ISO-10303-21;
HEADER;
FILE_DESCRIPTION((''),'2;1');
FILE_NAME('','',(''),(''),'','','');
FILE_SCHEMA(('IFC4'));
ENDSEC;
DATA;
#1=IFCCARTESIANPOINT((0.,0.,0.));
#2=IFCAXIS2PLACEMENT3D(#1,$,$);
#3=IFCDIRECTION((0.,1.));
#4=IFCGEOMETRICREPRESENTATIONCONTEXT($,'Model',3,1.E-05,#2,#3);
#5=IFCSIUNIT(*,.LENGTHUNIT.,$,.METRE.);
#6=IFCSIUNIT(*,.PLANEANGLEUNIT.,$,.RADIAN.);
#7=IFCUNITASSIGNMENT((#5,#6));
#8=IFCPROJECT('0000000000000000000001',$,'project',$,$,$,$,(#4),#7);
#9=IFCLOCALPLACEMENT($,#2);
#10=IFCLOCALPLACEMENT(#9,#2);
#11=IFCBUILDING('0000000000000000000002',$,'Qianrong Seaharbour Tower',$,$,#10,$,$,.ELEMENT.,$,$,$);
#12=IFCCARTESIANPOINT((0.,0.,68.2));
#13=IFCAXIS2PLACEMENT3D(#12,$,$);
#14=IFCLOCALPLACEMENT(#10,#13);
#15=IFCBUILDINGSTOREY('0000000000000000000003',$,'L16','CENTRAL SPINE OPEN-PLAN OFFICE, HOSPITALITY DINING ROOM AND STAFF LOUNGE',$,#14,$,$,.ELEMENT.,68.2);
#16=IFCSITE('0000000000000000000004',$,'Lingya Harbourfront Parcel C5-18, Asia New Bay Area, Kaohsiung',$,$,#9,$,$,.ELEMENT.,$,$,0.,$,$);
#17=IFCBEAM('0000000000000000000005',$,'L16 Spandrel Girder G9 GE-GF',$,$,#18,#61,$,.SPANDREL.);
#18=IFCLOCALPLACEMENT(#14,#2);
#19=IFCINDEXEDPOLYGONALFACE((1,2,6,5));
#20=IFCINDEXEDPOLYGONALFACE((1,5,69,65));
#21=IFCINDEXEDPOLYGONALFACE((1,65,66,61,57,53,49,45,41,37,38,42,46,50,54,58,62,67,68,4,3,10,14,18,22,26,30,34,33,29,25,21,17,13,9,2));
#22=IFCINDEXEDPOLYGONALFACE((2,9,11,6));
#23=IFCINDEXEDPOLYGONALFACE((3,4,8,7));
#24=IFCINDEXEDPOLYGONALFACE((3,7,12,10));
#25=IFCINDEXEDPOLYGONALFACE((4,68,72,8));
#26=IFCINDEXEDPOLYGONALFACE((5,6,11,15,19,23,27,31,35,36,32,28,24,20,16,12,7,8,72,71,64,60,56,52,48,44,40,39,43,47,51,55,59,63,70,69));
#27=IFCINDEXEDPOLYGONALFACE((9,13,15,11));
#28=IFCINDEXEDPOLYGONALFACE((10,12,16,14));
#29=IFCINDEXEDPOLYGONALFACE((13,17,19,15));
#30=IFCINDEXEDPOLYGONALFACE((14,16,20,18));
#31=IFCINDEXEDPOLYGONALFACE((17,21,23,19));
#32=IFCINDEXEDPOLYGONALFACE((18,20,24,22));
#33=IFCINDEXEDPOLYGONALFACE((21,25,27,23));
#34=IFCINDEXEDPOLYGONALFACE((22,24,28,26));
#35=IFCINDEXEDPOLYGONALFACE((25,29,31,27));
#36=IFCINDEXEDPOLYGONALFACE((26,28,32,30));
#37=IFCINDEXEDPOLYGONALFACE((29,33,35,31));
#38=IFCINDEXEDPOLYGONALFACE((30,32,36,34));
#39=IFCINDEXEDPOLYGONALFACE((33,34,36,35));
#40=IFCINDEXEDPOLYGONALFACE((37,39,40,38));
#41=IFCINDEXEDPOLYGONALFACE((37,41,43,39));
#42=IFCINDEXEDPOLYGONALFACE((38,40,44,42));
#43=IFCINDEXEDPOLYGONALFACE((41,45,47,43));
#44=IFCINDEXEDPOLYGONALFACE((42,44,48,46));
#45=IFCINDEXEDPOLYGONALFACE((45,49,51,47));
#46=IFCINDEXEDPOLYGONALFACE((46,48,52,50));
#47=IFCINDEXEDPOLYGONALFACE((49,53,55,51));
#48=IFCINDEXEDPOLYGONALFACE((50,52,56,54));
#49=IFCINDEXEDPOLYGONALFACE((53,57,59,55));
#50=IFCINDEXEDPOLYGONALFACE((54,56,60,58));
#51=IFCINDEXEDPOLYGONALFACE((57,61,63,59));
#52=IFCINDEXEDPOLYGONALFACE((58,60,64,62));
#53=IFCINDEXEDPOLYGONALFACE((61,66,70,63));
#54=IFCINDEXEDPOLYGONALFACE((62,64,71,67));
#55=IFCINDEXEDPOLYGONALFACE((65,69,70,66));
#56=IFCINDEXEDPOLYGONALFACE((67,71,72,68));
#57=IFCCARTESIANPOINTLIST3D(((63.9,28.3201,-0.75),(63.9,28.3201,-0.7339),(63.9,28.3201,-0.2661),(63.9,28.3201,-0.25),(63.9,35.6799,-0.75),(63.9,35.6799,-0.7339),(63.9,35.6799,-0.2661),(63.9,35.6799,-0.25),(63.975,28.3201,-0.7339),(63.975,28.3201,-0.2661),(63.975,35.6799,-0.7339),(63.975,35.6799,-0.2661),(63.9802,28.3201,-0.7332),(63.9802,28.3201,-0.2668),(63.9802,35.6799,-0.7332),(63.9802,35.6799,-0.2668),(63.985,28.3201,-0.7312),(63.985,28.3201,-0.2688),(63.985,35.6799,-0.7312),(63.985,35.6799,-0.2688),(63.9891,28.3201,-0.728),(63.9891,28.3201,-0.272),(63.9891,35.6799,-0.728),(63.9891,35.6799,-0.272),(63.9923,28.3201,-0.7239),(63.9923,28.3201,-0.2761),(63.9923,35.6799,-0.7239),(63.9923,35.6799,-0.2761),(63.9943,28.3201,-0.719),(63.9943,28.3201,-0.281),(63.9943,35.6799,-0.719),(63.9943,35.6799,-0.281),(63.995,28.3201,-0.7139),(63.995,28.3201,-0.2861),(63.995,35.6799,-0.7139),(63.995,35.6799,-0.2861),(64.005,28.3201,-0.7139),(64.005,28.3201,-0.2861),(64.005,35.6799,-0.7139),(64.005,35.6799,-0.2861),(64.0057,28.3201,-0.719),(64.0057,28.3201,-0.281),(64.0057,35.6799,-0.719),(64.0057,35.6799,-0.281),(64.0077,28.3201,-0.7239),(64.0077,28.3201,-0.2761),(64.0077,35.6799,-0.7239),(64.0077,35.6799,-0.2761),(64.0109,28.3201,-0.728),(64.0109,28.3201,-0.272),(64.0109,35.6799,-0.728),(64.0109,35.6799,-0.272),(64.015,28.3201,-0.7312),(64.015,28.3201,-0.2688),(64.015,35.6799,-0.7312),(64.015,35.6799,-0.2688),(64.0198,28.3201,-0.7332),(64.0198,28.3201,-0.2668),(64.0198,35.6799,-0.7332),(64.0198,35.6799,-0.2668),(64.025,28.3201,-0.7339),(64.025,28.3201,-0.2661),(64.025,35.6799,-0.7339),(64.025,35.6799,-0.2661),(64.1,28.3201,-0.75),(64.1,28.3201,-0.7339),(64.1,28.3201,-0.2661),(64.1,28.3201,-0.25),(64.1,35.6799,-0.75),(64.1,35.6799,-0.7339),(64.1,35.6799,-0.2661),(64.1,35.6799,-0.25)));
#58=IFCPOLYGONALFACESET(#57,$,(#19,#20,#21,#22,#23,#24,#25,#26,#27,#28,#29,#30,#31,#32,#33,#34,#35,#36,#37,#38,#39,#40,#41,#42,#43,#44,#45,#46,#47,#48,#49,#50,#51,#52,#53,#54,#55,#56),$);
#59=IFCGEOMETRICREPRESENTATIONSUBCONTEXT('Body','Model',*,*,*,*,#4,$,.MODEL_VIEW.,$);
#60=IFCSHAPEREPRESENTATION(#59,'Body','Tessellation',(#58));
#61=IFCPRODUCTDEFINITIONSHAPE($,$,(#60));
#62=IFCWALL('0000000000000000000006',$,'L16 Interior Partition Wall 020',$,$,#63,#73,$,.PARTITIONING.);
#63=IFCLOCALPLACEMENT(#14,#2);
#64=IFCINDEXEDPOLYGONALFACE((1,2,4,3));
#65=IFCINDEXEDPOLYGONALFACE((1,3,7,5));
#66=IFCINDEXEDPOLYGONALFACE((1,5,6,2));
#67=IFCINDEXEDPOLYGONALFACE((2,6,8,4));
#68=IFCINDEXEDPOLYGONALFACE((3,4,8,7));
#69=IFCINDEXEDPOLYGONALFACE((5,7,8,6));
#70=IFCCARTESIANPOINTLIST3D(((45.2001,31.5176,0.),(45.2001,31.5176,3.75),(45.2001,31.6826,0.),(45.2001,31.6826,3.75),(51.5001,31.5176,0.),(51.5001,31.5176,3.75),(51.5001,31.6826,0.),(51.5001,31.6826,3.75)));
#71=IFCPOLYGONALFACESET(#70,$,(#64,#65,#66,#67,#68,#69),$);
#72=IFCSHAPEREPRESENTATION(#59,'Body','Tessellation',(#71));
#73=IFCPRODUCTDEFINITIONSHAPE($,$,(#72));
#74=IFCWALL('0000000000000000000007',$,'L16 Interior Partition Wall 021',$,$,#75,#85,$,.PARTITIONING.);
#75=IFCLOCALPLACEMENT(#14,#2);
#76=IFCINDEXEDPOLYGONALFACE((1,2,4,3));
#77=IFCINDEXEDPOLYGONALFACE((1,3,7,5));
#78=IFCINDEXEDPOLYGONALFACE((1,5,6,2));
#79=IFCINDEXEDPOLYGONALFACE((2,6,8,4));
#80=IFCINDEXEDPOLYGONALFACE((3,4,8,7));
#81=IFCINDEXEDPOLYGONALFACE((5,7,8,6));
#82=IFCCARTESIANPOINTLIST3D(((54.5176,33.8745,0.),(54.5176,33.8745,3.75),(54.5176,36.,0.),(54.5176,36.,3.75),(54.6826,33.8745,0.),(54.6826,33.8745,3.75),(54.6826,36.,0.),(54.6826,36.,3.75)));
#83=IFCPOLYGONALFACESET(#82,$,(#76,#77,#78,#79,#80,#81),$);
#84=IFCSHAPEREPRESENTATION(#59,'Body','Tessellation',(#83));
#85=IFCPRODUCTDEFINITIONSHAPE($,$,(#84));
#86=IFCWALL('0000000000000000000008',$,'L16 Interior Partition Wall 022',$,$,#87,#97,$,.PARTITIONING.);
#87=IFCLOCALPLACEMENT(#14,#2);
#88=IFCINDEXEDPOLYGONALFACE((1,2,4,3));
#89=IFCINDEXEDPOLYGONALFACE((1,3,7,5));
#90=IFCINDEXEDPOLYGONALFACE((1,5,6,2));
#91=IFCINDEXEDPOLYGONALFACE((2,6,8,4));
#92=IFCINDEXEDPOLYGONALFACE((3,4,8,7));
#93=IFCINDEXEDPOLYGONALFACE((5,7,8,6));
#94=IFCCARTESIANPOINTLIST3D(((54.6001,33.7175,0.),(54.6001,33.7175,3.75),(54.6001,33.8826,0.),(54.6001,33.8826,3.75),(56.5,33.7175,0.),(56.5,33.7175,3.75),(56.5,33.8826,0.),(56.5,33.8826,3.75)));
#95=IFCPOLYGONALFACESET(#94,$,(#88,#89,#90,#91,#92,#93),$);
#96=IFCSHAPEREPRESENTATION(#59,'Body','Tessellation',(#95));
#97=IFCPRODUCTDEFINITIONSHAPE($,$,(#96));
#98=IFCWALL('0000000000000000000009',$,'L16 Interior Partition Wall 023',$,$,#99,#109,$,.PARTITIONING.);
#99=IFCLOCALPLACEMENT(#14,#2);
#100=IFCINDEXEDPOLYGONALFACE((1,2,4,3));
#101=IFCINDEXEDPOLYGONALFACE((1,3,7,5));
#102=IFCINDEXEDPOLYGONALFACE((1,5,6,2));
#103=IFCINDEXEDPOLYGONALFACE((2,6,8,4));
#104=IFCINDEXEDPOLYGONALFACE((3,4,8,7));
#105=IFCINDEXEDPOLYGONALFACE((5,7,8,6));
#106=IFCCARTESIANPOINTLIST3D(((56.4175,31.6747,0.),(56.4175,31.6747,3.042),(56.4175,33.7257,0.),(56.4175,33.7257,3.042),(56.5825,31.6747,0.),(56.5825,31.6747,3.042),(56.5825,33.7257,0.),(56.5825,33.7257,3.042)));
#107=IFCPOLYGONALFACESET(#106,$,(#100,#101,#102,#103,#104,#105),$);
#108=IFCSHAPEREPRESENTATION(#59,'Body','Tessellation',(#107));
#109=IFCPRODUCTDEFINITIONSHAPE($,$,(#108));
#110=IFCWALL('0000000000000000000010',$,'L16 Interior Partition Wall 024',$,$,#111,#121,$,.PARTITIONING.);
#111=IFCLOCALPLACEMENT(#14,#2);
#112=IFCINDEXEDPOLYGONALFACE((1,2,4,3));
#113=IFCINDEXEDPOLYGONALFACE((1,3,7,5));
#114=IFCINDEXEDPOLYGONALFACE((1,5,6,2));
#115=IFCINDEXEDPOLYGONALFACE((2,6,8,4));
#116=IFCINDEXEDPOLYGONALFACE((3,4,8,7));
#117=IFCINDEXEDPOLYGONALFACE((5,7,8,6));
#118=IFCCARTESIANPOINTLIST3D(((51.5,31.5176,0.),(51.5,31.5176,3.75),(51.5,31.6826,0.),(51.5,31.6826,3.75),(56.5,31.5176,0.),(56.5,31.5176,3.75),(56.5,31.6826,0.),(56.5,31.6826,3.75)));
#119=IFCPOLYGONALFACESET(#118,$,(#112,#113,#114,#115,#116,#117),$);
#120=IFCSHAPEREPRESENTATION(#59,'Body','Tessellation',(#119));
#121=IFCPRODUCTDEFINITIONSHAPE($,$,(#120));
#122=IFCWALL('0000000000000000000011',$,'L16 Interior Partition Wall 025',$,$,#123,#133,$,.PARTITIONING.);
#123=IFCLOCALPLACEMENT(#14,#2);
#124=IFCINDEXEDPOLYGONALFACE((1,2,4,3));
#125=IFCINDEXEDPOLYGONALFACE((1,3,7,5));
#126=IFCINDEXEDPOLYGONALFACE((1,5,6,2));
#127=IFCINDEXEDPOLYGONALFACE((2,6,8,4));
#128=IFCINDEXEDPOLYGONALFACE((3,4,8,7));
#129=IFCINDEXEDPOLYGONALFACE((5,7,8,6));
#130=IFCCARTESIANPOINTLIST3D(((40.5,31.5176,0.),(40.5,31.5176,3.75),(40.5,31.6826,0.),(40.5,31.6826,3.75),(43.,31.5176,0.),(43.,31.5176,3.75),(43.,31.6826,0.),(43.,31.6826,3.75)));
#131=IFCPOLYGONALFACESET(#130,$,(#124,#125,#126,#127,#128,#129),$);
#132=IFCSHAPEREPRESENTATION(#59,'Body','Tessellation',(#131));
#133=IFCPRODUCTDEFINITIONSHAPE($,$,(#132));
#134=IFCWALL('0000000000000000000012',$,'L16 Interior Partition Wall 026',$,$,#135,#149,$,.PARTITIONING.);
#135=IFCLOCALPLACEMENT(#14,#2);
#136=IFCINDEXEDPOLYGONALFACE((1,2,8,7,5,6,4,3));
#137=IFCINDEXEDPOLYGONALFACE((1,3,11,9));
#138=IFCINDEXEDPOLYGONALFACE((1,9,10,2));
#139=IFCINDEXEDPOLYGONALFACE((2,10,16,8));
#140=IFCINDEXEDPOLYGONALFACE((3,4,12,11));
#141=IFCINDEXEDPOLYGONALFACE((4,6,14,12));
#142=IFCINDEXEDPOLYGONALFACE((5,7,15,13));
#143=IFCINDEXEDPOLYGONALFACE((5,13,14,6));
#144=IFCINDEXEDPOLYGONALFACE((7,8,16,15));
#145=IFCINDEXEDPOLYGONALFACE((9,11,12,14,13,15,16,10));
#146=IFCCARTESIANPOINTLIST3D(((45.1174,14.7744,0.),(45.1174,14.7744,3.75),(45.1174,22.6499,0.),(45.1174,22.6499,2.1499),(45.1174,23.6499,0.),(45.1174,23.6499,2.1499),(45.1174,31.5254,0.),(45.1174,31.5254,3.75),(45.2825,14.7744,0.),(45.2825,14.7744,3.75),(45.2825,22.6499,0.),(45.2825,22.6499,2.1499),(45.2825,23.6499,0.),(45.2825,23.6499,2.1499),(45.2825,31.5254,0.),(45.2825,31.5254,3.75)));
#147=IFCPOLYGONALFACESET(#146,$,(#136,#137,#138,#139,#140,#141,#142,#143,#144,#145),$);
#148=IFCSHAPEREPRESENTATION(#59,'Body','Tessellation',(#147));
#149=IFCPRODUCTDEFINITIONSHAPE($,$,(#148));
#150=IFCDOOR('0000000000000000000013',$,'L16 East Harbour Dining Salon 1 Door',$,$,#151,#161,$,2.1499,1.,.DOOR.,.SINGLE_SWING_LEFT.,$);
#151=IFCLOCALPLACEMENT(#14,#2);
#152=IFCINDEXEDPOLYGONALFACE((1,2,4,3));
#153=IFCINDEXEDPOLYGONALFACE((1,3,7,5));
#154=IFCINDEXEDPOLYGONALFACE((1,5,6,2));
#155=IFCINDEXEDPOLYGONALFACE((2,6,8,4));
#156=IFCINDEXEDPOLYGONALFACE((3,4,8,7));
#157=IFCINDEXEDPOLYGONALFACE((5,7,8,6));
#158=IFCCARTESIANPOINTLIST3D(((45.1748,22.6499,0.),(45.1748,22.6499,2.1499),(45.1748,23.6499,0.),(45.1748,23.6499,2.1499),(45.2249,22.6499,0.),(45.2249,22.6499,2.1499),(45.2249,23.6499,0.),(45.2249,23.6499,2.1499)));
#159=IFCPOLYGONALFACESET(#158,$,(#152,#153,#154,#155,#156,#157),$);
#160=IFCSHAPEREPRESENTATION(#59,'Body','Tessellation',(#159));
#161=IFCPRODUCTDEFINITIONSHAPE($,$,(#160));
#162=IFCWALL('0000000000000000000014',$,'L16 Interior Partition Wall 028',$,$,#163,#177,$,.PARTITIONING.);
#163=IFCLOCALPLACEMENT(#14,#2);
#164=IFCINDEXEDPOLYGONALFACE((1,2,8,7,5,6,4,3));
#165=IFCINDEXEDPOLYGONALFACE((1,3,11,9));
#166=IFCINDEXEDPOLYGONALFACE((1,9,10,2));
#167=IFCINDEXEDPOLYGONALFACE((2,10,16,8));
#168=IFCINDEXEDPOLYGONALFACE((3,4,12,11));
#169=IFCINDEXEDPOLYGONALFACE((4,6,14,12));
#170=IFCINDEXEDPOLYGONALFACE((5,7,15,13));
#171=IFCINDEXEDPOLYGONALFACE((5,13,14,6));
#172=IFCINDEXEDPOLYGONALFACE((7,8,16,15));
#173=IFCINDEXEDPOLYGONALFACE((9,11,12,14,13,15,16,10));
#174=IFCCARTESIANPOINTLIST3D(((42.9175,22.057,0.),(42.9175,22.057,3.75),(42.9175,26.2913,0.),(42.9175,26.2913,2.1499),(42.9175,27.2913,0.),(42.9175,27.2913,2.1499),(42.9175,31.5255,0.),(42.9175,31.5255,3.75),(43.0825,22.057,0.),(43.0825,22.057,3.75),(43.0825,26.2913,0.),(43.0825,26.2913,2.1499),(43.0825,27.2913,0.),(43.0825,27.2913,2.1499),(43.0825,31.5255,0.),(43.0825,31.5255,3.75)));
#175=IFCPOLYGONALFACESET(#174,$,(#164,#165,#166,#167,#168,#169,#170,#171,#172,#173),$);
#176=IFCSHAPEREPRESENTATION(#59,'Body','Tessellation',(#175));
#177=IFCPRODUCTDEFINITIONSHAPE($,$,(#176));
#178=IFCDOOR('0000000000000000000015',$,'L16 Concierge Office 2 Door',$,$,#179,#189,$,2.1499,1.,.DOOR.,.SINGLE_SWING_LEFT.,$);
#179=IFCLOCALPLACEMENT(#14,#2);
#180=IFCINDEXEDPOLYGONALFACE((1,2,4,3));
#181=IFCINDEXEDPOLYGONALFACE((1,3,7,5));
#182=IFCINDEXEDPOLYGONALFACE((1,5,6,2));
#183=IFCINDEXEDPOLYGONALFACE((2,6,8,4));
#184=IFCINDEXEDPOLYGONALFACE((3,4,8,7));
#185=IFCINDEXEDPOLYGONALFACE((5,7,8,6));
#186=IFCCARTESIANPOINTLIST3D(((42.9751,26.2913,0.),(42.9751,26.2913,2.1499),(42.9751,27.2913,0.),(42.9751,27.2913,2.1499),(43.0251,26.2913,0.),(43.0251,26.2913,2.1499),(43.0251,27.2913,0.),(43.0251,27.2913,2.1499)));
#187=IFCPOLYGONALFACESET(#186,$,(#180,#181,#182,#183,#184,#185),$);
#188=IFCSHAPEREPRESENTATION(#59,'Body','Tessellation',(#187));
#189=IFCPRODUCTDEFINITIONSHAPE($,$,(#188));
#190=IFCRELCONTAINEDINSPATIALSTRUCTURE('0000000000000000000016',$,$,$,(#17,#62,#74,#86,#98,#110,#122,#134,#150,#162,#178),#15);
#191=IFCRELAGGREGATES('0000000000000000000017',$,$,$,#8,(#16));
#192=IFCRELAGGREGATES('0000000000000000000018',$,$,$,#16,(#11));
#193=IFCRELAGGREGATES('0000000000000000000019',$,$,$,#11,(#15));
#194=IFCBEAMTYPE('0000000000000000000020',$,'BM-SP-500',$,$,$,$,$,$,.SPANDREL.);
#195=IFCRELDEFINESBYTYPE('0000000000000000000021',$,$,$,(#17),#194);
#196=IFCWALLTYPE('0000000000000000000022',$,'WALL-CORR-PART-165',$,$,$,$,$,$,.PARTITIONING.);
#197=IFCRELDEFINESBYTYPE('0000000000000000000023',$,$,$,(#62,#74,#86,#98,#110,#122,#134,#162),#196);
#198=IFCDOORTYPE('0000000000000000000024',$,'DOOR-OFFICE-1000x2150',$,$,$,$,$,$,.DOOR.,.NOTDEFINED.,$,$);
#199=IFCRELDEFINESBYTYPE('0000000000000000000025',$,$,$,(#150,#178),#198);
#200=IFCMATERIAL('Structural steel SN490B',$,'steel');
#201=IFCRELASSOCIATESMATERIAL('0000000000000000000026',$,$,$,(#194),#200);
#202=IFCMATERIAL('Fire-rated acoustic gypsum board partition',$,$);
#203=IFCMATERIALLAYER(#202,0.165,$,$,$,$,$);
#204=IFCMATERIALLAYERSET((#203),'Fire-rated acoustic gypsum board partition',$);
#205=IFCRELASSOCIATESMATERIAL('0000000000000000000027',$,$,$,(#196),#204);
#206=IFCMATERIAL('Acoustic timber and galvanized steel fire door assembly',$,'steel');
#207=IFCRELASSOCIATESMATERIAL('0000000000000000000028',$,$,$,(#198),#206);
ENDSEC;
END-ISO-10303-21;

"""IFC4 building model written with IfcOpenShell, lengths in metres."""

from ifc_helpers import new_model, si_unit, direction, frame, frame_2d, origin, origin_2d, place, context, subcontext, project, spatial, rectangle, i_section, extrude, material, layer, layer_set, material_profile, profile_set, type_object, element, fill, save


model = new_model("IFC4")

# Units and contexts
model_context = context("Model", 3, precision=1e-05, world=origin(), true_north=direction((0.0, 1.0)))
body_context = subcontext(model_context, "Body", "Model", "MODEL_VIEW")
ifc_project = project(units=[si_unit("LENGTHUNIT", "METRE"), si_unit("PLANEANGLEUNIT", "RADIAN")], contexts=[model_context])

# Site, building, storey
site_placement = place(None, origin())
site = spatial("IfcSite", under=ifc_project, at=site_placement, Name="Lingya Harbourfront Parcel C5-18, Asia New Bay Area, Kaohsiung", CompositionType="ELEMENT", RefElevation=0.0)
building_placement = place(site_placement, origin())
building = spatial("IfcBuilding", under=site, at=building_placement, Name="Qianrong Seaharbour Tower", CompositionType="ELEMENT")
storey_placement = place(building_placement, frame((0.0, 0.0, 68.2)))
storey = spatial("IfcBuildingStorey", under=building, at=storey_placement, Name="L16", Description="CENTRAL SPINE OPEN-PLAN OFFICE, HOSPITALITY DINING ROOM AND STAFF LOUNGE", CompositionType="ELEMENT", Elevation=68.2)

# Shared definitions
ifc_material_1 = material(Name="Structural steel SN490B", Category="steel")

# Beam
ifc_material_profile_1 = material_profile(ifc_material_1, i_section(OverallWidth=0.2, OverallDepth=0.5, WebThickness=0.01, FlangeThickness=0.0161, FilletRadius=0.02, at=origin_2d()), Name="H500x200x10x16")
ifc_profile_set_1 = profile_set([ifc_material_profile_1], Name="Structural steel SN490B")
beam_type_1 = type_object("IfcBeamType", Name="BM-SP-500", PredefinedType="SPANDREL", material=ifc_profile_set_1)
beam_1_placement = place(storey_placement, frame((64.0, 28.3201, -0.5), z_axis=(0.0, 1.0, 0.0), x_axis=(-1.0, 0.0, 0.0)))
element("IfcBeam", 1, at=beam_1_placement, inside=storey, type_object=beam_type_1, Name="L16 Spandrel Girder G9 GE-GF", PredefinedType="SPANDREL", context=body_context, shape_type="SweptSolid", body=[
    extrude(i_section(OverallWidth=0.2, OverallDepth=0.5, WebThickness=0.01, FlangeThickness=0.0161, FilletRadius=0.02, at=origin_2d()), origin(), (0.0, 0.0, 1.0), 7.3599),
])

# Walls
ifc_material_2 = material(Name="Fire-rated acoustic gypsum board partition")
ifc_layer_1 = layer(ifc_material_2, 0.165)
ifc_layer_set_1 = layer_set([ifc_layer_1], Name="Fire-rated acoustic gypsum board partition")
wall_type_1 = type_object("IfcWallType", Name="WALL-CORR-PART-165", PredefinedType="PARTITIONING", material=ifc_layer_set_1)
wall_1_placement = place(storey_placement, frame((51.5, 31.6001, 0.0), z_axis=(0.0, 0.0, 1.0), x_axis=(-1.0, 0.0, 0.0)))
element("IfcWall", 2, at=wall_1_placement, inside=storey, type_object=wall_type_1, Name="L16 Interior Partition Wall 020", PredefinedType="PARTITIONING", context=body_context, shape_type="SweptSolid", body=[
    extrude(rectangle(XDim=6.3, YDim=0.165, at=frame_2d((3.1499, 0.0))), origin(), (0.0, 0.0, 1.0), 3.75),
])
wall_2_placement = place(storey_placement, frame((54.6001, 36.0, 0.0), z_axis=(0.0, 0.0, 1.0), x_axis=(0.0, -1.0, 0.0)))
element("IfcWall", 3, at=wall_2_placement, inside=storey, type_object=wall_type_1, Name="L16 Interior Partition Wall 021", PredefinedType="PARTITIONING", context=body_context, shape_type="SweptSolid", body=[
    extrude(rectangle(XDim=2.1255, YDim=0.165, at=frame_2d((1.0627, 0.0))), origin(), (0.0, 0.0, 1.0), 3.75),
])
wall_3_placement = place(storey_placement, frame((54.6001, 33.8, 0.0), z_axis=(0.0, 0.0, 1.0), x_axis=(1.0, 0.0, 0.0)))
element("IfcWall", 4, at=wall_3_placement, inside=storey, type_object=wall_type_1, Name="L16 Interior Partition Wall 022", PredefinedType="PARTITIONING", context=body_context, shape_type="SweptSolid", body=[
    extrude(rectangle(XDim=1.8999, YDim=0.165, at=frame_2d((0.95, 0.0))), origin(), (0.0, 0.0, 1.0), 3.75),
])
wall_4_placement = place(storey_placement, frame((56.5, 33.7256, 0.0), z_axis=(0.0, 0.0, 1.0), x_axis=(0.0, -1.0, 0.0)))
element("IfcWall", 5, at=wall_4_placement, inside=storey, type_object=wall_type_1, Name="L16 Interior Partition Wall 023", PredefinedType="PARTITIONING", context=body_context, shape_type="SweptSolid", body=[
    extrude(rectangle(XDim=2.051, YDim=0.165, at=frame_2d((1.0254, 0.0))), origin(), (0.0, 0.0, 1.0), 3.042),
])
wall_5_placement = place(storey_placement, frame((56.5, 31.6001, 0.0), z_axis=(0.0, 0.0, 1.0), x_axis=(-1.0, 0.0, 0.0)))
element("IfcWall", 6, at=wall_5_placement, inside=storey, type_object=wall_type_1, Name="L16 Interior Partition Wall 024", PredefinedType="PARTITIONING", context=body_context, shape_type="SweptSolid", body=[
    extrude(rectangle(XDim=5.0, YDim=0.165, at=frame_2d((2.5, 0.0))), origin(), (0.0, 0.0, 1.0), 3.75),
])
wall_6_placement = place(storey_placement, frame((43.0, 31.6001, 0.0), z_axis=(0.0, 0.0, 1.0), x_axis=(-1.0, 0.0, 0.0)))
element("IfcWall", 7, at=wall_6_placement, inside=storey, type_object=wall_type_1, Name="L16 Interior Partition Wall 025", PredefinedType="PARTITIONING", context=body_context, shape_type="SweptSolid", body=[
    extrude(rectangle(XDim=2.5, YDim=0.165, at=frame_2d((1.25, 0.0))), origin(), (0.0, 0.0, 1.0), 3.75),
])

# Walls, openings, doors
wall_7_placement = place(storey_placement, frame((45.2, 31.5254, 0.0), z_axis=(0.0, 0.0, 1.0), x_axis=(0.0, -1.0, 0.0)))
wall_7 = element("IfcWall", 8, at=wall_7_placement, inside=storey, type_object=wall_type_1, Name="L16 Interior Partition Wall 026", PredefinedType="PARTITIONING", context=body_context, shape_type="SweptSolid", body=[
    extrude(rectangle(XDim=16.751, YDim=0.165, at=frame_2d((8.3755, 0.0))), origin(), (0.0, 0.0, 1.0), 3.75),
])
opening_1_placement = place(wall_7_placement, frame((7.8755, 0.0, 0.0)))
opening_1 = element("IfcOpeningElement", 9, at=opening_1_placement, cuts=wall_7, PredefinedType="OPENING", context=body_context, shape_type="SweptSolid", body=[
    extrude(rectangle(XDim=1.0, YDim=2.1499, at=frame_2d((0.5, 1.075))), frame((0.0, 0.0925, 0.0), z_axis=(0.0, -1.0, 0.0), x_axis=(1.0, 0.0, 0.0)), (0.0, 0.0, 1.0), 0.1851),
])
ifc_material_3 = material(Name="Acoustic timber and galvanized steel fire door assembly", Category="steel")
door_type = type_object("IfcDoorType", Name="DOOR-OFFICE-1000x2150", OperationType="NOTDEFINED", PredefinedType="DOOR", material=ifc_material_3)
door_1_placement = place(opening_1_placement, origin())
door_1 = element("IfcDoor", 10, at=door_1_placement, inside=storey, type_object=door_type, Name="L16 East Harbour Dining Salon 1 Door", OperationType="SINGLE_SWING_LEFT", OverallHeight=2.1499, OverallWidth=1.0, PredefinedType="DOOR", context=body_context, shape_type="SweptSolid", body=[
    extrude(rectangle(XDim=1.0, YDim=2.1499, at=frame_2d((0.5, 1.075))), frame((0.0, 0.0249, 0.0), z_axis=(0.0, -1.0, 0.0), x_axis=(1.0, 0.0, 0.0)), (0.0, 0.0, 1.0), 0.05),
])
fill(opening_1, door_1)
wall_8_placement = place(storey_placement, frame((43.0, 22.0569, 0.0), z_axis=(0.0, 0.0, 1.0), x_axis=(0.0, 1.0, 0.0)))
wall_8 = element("IfcWall", 11, at=wall_8_placement, inside=storey, type_object=wall_type_1, Name="L16 Interior Partition Wall 028", PredefinedType="PARTITIONING", context=body_context, shape_type="SweptSolid", body=[
    extrude(rectangle(XDim=9.4685, YDim=0.165, at=frame_2d((4.7344, 0.0))), origin(), (0.0, 0.0, 1.0), 3.75),
])
opening_2_placement = place(wall_8_placement, frame((4.2344, 0.0, 0.0)))
opening_2 = element("IfcOpeningElement", 12, at=opening_2_placement, cuts=wall_8, PredefinedType="OPENING", context=body_context, shape_type="SweptSolid", body=[
    extrude(rectangle(XDim=1.0, YDim=2.1499, at=frame_2d((0.5, 1.075))), frame((0.0, 0.0925, 0.0), z_axis=(0.0, -1.0, 0.0), x_axis=(1.0, 0.0, 0.0)), (0.0, 0.0, 1.0), 0.1851),
])
door_2_placement = place(opening_2_placement, origin())
door_2 = element("IfcDoor", 13, at=door_2_placement, inside=storey, type_object=door_type, Name="L16 Concierge Office 2 Door", OperationType="SINGLE_SWING_LEFT", OverallHeight=2.1499, OverallWidth=1.0, PredefinedType="DOOR", context=body_context, shape_type="SweptSolid", body=[
    extrude(rectangle(XDim=1.0, YDim=2.1499, at=frame_2d((0.5, 1.075))), frame((0.0, 0.0249, 0.0), z_axis=(0.0, -1.0, 0.0), x_axis=(1.0, 0.0, 0.0)), (0.0, 0.0, 1.0), 0.05),
])
fill(opening_2, door_2)

save(model, "model.ifc")
